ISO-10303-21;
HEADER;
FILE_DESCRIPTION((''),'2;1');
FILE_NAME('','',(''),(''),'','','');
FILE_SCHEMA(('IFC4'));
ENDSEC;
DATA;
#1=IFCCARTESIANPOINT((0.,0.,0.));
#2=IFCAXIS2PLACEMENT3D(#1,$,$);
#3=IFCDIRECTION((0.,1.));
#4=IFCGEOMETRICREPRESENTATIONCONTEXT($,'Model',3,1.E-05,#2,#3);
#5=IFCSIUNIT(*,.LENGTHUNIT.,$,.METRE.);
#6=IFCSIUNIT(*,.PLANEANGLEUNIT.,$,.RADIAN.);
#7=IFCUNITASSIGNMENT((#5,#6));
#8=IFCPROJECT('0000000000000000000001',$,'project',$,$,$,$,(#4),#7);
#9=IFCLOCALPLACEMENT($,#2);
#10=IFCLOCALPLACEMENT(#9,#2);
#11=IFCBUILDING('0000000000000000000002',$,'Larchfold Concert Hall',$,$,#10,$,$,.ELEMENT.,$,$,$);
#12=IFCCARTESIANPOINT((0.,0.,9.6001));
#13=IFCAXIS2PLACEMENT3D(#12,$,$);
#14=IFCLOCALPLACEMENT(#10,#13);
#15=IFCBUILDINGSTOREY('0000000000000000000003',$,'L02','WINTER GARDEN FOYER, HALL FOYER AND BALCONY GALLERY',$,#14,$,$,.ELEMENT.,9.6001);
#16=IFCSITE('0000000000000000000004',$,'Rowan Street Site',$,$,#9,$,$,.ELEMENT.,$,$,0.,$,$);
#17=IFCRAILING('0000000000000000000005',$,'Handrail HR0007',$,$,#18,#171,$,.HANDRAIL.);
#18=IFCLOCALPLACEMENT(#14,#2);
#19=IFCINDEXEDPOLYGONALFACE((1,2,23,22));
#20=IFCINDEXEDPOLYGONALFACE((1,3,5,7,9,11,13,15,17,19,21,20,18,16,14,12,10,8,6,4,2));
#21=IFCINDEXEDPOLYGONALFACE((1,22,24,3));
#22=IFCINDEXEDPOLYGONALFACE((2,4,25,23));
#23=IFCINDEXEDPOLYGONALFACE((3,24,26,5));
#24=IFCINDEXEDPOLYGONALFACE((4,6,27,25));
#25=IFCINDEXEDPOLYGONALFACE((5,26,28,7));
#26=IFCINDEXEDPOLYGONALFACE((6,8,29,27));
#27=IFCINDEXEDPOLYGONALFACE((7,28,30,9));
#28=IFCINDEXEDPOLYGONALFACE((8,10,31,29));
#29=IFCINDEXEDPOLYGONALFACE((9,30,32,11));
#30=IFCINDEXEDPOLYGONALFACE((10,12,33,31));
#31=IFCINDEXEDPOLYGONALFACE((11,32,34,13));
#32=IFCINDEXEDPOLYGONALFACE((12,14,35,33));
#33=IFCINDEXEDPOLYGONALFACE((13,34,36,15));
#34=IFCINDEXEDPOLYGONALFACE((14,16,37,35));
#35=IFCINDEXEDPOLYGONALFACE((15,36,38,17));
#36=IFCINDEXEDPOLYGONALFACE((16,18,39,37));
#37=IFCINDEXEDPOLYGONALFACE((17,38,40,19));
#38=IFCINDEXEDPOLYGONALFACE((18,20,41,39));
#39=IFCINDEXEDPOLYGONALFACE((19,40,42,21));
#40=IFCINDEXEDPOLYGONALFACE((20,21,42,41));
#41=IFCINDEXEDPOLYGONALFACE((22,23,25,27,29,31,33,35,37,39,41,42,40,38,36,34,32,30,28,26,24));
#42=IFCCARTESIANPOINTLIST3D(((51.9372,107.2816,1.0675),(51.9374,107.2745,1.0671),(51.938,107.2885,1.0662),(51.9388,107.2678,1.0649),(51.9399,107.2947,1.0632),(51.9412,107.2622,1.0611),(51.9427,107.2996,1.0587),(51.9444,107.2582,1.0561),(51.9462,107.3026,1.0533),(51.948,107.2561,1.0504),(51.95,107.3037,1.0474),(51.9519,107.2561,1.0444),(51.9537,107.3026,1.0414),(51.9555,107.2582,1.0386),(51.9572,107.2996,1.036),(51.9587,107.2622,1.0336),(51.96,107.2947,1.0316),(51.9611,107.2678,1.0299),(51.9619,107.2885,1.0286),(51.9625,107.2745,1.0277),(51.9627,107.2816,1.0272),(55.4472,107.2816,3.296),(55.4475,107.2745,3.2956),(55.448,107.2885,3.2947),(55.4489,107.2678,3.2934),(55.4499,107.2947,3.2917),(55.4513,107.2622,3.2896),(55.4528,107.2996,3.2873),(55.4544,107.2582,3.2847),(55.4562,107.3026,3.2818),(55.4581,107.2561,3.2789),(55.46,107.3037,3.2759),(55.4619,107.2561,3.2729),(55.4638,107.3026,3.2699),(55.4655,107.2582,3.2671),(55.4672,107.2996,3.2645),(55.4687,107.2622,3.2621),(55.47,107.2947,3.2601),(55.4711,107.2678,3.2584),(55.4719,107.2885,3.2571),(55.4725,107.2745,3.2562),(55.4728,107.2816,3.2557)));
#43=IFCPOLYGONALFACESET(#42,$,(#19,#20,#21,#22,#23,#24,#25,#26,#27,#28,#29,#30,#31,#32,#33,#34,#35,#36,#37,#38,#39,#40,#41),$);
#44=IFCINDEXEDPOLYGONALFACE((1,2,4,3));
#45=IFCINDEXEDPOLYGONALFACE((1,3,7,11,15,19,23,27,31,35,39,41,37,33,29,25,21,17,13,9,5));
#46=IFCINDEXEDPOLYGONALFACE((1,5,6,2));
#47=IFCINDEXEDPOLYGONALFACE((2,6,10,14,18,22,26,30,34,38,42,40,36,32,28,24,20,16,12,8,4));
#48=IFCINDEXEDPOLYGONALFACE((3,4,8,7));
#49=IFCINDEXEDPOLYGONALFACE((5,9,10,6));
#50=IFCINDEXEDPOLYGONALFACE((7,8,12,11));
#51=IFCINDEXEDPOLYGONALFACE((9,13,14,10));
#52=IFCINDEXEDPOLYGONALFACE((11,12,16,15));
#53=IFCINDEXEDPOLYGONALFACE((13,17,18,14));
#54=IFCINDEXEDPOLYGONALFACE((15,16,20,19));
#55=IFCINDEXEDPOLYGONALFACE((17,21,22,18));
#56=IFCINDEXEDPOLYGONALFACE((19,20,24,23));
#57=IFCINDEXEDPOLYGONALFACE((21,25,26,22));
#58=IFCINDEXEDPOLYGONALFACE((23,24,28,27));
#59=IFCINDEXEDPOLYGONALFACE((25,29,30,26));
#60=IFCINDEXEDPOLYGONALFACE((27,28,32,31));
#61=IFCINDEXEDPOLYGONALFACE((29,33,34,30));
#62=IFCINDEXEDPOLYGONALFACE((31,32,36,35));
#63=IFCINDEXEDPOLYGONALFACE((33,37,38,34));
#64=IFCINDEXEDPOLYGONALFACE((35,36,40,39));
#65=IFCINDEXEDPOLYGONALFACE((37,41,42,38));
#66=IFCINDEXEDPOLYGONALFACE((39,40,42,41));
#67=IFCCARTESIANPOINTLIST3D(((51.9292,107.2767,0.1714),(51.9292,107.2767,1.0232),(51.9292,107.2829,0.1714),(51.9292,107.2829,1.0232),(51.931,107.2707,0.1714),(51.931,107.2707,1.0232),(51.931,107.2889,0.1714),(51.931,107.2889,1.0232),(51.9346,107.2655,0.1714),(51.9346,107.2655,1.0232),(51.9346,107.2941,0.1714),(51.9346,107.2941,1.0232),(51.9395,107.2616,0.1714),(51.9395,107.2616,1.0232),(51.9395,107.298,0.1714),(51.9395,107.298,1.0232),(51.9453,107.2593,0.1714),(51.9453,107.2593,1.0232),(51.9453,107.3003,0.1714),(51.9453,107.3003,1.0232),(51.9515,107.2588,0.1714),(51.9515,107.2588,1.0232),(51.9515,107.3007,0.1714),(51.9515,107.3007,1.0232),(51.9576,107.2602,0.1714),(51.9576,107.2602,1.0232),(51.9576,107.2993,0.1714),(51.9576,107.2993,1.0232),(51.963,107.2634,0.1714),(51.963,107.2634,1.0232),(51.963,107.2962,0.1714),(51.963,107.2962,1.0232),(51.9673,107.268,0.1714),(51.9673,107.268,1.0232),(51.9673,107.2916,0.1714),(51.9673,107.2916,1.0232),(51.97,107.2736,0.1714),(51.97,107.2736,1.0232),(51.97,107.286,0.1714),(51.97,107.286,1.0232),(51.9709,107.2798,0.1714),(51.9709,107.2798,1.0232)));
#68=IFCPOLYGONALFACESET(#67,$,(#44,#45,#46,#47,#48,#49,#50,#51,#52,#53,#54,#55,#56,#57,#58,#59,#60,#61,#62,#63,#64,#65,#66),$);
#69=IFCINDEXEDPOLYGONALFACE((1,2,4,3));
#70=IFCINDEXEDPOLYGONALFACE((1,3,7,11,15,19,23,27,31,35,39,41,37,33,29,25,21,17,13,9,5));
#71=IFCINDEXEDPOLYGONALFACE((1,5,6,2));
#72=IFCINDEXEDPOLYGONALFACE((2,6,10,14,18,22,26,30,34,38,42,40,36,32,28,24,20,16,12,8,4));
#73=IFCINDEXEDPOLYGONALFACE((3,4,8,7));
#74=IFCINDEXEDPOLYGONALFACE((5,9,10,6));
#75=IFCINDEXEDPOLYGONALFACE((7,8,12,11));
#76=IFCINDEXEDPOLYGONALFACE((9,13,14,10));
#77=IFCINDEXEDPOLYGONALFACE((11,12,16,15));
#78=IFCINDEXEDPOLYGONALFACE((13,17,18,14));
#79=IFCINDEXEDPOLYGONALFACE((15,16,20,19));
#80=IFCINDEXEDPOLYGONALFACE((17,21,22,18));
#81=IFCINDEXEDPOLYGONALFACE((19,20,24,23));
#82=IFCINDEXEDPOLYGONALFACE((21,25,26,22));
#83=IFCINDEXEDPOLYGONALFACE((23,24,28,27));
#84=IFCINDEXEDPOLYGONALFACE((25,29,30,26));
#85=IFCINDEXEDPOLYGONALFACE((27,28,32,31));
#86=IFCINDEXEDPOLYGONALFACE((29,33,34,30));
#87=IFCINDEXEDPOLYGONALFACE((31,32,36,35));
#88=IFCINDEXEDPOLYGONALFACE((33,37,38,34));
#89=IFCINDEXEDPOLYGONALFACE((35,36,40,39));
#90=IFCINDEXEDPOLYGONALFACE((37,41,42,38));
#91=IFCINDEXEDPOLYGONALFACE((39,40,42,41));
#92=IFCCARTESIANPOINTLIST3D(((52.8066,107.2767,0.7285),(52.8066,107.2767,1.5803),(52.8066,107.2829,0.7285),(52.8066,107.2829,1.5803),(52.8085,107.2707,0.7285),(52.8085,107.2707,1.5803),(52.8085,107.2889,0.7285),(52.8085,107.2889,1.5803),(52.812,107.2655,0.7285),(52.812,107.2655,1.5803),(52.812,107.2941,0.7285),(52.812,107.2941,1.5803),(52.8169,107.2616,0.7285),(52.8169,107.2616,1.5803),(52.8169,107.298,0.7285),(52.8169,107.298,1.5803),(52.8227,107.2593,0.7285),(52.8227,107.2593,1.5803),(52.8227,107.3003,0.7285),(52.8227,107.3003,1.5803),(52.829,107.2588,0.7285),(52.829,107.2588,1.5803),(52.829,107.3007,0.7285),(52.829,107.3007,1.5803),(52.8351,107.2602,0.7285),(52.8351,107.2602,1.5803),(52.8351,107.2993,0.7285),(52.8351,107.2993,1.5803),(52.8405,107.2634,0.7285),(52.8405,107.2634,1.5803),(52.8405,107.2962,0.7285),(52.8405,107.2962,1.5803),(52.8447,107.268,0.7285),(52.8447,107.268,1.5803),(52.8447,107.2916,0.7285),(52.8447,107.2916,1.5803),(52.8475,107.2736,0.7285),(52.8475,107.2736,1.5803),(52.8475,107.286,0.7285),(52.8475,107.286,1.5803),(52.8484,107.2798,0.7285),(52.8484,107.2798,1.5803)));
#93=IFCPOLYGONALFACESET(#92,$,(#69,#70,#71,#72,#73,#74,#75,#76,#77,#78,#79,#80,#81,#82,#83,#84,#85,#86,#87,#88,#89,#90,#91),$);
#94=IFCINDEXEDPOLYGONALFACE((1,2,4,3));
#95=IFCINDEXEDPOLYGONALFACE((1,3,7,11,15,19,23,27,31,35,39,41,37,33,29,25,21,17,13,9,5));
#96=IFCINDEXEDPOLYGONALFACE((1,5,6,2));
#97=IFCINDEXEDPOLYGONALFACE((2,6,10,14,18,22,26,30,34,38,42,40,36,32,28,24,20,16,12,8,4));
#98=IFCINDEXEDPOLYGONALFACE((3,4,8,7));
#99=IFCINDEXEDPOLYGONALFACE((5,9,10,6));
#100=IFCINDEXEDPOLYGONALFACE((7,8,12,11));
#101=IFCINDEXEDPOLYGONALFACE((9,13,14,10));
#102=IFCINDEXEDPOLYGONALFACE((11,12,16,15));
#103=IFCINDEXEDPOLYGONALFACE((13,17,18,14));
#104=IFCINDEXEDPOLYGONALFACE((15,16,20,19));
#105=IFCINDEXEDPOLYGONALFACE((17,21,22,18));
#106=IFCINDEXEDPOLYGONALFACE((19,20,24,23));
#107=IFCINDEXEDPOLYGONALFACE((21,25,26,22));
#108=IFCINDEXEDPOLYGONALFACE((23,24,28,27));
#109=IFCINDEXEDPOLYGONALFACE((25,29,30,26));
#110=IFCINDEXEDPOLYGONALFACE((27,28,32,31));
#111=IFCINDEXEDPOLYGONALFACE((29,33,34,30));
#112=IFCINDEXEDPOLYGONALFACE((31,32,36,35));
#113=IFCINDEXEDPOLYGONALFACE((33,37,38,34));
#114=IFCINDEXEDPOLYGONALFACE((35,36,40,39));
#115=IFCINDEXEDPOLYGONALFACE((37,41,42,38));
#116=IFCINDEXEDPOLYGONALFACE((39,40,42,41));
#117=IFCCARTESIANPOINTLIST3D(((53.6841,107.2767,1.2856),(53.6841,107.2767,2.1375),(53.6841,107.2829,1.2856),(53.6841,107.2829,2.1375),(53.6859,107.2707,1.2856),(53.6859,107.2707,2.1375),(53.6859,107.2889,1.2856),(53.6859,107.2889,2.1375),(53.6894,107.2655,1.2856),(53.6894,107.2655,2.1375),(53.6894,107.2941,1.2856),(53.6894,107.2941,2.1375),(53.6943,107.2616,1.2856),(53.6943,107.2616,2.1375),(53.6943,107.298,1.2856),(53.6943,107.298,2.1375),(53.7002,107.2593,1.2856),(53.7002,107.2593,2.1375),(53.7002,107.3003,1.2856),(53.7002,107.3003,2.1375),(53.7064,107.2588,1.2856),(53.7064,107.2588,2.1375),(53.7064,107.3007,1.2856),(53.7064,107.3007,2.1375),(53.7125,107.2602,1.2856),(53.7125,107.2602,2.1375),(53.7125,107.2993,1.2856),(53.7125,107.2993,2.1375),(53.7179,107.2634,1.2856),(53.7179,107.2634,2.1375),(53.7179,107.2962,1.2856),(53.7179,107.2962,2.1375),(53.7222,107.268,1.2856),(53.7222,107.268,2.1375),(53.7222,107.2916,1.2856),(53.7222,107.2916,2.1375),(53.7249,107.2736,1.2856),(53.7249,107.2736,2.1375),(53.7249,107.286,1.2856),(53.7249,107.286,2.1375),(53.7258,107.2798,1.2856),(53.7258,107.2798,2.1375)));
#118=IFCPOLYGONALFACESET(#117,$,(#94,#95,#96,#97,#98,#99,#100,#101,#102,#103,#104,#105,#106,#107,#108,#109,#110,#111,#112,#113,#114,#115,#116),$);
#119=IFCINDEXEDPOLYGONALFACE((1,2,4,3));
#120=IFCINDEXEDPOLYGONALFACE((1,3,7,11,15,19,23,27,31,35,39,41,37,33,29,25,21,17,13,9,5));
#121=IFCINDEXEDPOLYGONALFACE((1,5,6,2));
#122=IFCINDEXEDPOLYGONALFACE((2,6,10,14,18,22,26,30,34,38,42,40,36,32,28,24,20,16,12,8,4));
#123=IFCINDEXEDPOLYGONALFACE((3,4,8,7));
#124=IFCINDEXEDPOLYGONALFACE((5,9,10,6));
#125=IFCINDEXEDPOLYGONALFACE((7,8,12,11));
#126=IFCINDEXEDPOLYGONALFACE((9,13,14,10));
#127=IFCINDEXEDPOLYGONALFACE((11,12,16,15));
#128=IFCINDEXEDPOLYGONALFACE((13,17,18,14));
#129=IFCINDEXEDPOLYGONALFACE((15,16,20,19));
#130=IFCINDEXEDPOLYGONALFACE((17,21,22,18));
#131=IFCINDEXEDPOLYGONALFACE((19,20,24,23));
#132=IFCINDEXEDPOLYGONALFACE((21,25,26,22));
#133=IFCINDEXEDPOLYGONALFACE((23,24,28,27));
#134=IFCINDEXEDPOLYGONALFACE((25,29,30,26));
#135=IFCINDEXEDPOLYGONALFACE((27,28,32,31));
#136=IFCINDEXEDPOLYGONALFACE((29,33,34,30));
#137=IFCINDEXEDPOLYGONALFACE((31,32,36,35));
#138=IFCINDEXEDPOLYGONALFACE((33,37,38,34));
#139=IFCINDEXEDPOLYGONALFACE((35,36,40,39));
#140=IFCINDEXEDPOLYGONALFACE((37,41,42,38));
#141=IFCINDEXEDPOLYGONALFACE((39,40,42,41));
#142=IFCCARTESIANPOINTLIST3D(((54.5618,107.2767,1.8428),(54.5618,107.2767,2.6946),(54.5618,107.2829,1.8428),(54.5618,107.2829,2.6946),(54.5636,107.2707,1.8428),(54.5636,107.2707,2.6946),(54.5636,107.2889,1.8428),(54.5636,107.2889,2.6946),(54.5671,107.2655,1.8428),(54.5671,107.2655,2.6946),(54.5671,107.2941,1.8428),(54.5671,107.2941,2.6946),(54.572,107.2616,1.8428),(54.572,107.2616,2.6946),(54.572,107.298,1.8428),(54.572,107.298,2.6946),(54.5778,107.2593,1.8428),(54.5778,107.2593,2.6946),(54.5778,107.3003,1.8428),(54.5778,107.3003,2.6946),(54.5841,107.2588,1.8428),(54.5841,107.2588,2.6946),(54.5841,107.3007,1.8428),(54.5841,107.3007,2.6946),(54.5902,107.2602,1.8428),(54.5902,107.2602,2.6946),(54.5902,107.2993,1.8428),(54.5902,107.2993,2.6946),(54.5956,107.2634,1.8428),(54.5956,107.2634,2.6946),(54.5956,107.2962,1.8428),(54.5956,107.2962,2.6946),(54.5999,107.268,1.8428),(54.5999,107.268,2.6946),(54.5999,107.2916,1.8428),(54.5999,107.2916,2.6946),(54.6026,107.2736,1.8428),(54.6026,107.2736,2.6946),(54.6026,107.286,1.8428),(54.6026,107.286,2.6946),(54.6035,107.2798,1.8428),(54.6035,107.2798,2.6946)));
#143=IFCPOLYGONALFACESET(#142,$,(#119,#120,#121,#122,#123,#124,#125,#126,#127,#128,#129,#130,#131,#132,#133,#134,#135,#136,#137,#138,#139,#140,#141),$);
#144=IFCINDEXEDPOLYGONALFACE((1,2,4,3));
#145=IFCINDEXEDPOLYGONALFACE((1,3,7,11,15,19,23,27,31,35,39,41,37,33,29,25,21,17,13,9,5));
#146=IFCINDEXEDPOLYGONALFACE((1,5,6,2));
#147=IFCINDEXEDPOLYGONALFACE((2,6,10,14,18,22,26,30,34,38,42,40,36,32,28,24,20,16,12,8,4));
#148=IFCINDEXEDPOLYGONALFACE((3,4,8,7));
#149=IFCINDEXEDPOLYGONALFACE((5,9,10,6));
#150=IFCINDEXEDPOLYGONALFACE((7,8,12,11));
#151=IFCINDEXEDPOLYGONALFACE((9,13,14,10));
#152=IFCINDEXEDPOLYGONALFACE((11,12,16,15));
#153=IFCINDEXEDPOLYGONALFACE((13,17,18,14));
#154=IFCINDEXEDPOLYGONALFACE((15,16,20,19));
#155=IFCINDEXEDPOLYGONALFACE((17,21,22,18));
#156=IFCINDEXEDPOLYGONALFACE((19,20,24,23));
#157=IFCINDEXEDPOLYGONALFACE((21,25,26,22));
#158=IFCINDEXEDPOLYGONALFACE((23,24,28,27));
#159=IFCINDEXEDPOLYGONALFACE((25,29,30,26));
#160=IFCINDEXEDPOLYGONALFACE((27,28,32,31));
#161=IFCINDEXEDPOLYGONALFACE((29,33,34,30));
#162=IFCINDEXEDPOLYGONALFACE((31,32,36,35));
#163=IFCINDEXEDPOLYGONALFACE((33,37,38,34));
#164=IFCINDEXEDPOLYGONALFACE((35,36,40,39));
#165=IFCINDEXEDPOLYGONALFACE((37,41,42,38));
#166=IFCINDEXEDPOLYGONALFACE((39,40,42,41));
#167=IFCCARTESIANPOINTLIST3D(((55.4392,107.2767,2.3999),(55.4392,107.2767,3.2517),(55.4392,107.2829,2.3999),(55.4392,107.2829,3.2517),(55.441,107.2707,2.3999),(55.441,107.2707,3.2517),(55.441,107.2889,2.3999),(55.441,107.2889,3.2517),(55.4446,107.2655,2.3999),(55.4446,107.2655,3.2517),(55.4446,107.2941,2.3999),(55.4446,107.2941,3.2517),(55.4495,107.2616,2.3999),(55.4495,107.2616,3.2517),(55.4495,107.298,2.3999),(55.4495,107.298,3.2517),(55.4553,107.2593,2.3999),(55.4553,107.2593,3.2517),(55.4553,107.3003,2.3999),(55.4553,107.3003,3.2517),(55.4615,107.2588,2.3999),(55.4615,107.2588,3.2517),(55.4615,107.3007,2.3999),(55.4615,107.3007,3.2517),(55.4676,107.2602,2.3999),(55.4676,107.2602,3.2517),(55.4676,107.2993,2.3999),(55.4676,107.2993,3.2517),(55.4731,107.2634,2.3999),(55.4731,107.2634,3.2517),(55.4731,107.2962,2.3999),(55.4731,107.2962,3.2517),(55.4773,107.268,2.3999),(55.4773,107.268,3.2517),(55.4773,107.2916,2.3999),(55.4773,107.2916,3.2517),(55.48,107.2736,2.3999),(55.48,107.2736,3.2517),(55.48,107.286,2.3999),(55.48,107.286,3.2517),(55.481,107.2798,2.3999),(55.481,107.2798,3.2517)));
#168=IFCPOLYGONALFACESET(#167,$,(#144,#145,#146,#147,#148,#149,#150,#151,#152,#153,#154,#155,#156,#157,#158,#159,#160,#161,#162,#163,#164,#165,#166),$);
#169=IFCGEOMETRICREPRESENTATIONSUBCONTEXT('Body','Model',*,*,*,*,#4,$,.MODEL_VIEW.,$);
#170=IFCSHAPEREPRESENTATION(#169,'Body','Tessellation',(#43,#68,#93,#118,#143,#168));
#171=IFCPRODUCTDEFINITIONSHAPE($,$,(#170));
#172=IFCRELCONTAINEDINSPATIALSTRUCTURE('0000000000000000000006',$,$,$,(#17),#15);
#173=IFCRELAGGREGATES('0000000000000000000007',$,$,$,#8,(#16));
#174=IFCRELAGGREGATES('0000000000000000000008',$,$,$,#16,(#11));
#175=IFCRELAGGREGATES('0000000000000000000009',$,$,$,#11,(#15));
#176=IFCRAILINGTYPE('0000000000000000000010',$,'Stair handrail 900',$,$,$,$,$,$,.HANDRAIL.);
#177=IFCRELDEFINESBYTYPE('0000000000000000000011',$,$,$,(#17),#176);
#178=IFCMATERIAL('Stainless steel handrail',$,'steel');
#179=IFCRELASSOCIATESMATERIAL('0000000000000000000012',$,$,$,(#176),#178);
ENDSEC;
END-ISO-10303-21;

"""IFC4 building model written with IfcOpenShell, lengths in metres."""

from ifc_helpers import new_model, si_unit, direction, frame, origin, origin_2d, place, context, subcontext, project, spatial, circle, extrude, material, type_object, element, save


model = new_model("IFC4")

# Units and contexts
model_context = context("Model", 3, precision=1e-05, world=origin(), true_north=direction((0.0, 1.0)))
body_context = subcontext(model_context, "Body", "Model", "MODEL_VIEW")
ifc_project = project(units=[si_unit("LENGTHUNIT", "METRE"), si_unit("PLANEANGLEUNIT", "RADIAN")], contexts=[model_context])

# Site, building, storey
site_placement = place(None, origin())
site = spatial("IfcSite", under=ifc_project, at=site_placement, Name="Rowan Street Site", CompositionType="ELEMENT", RefElevation=0.0)
building_placement = place(site_placement, origin())
building = spatial("IfcBuilding", under=site, at=building_placement, Name="Larchfold Concert Hall", CompositionType="ELEMENT")
storey_placement = place(building_placement, frame((0.0, 0.0, 9.6001)))
storey = spatial("IfcBuildingStorey", under=building, at=storey_placement, Name="L02", Description="WINTER GARDEN FOYER, HALL FOYER AND BALCONY GALLERY", CompositionType="ELEMENT", Elevation=9.6001)

# Railing
ifc_material_1 = material(Name="Stainless steel handrail", Category="steel")
railing_type_1 = type_object("IfcRailingType", Name="Stair handrail 900", PredefinedType="HANDRAIL", material=ifc_material_1)
railing_1_placement = place(storey_placement, frame((51.95, 107.2798, 0.1714)))
element("IfcRailing", 1, at=railing_1_placement, inside=storey, type_object=railing_type_1, Name="Handrail HR0007", PredefinedType="HANDRAIL", context=body_context, shape_type="SweptSolid", body=[
    extrude(circle(Radius=0.0239, at=origin_2d()), frame((0.0, 0.0, 0.876), z_axis=(0.84422, 0.0, 0.535998), x_axis=(0.0, 1.0, 0.0)), (0.0, 0.0, 1.0), 4.1577),
    extrude(circle(Radius=0.021, at=origin_2d()), origin(), (0.0, 0.0, 1.0), 0.8518),
    extrude(circle(Radius=0.021, at=origin_2d()), frame((0.8774, 0.0, 0.5571)), (0.0, 0.0, 1.0), 0.8518),
    extrude(circle(Radius=0.021, at=origin_2d()), frame((1.7549, 0.0, 1.1143)), (0.0, 0.0, 1.0), 0.8518),
    extrude(circle(Radius=0.021, at=origin_2d()), frame((2.6326, 0.0, 1.6714)), (0.0, 0.0, 1.0), 0.8518),
    extrude(circle(Radius=0.021, at=origin_2d()), frame((3.51, 0.0, 2.2285)), (0.0, 0.0, 1.0), 0.8518),
])

save(model, "model.ifc")
